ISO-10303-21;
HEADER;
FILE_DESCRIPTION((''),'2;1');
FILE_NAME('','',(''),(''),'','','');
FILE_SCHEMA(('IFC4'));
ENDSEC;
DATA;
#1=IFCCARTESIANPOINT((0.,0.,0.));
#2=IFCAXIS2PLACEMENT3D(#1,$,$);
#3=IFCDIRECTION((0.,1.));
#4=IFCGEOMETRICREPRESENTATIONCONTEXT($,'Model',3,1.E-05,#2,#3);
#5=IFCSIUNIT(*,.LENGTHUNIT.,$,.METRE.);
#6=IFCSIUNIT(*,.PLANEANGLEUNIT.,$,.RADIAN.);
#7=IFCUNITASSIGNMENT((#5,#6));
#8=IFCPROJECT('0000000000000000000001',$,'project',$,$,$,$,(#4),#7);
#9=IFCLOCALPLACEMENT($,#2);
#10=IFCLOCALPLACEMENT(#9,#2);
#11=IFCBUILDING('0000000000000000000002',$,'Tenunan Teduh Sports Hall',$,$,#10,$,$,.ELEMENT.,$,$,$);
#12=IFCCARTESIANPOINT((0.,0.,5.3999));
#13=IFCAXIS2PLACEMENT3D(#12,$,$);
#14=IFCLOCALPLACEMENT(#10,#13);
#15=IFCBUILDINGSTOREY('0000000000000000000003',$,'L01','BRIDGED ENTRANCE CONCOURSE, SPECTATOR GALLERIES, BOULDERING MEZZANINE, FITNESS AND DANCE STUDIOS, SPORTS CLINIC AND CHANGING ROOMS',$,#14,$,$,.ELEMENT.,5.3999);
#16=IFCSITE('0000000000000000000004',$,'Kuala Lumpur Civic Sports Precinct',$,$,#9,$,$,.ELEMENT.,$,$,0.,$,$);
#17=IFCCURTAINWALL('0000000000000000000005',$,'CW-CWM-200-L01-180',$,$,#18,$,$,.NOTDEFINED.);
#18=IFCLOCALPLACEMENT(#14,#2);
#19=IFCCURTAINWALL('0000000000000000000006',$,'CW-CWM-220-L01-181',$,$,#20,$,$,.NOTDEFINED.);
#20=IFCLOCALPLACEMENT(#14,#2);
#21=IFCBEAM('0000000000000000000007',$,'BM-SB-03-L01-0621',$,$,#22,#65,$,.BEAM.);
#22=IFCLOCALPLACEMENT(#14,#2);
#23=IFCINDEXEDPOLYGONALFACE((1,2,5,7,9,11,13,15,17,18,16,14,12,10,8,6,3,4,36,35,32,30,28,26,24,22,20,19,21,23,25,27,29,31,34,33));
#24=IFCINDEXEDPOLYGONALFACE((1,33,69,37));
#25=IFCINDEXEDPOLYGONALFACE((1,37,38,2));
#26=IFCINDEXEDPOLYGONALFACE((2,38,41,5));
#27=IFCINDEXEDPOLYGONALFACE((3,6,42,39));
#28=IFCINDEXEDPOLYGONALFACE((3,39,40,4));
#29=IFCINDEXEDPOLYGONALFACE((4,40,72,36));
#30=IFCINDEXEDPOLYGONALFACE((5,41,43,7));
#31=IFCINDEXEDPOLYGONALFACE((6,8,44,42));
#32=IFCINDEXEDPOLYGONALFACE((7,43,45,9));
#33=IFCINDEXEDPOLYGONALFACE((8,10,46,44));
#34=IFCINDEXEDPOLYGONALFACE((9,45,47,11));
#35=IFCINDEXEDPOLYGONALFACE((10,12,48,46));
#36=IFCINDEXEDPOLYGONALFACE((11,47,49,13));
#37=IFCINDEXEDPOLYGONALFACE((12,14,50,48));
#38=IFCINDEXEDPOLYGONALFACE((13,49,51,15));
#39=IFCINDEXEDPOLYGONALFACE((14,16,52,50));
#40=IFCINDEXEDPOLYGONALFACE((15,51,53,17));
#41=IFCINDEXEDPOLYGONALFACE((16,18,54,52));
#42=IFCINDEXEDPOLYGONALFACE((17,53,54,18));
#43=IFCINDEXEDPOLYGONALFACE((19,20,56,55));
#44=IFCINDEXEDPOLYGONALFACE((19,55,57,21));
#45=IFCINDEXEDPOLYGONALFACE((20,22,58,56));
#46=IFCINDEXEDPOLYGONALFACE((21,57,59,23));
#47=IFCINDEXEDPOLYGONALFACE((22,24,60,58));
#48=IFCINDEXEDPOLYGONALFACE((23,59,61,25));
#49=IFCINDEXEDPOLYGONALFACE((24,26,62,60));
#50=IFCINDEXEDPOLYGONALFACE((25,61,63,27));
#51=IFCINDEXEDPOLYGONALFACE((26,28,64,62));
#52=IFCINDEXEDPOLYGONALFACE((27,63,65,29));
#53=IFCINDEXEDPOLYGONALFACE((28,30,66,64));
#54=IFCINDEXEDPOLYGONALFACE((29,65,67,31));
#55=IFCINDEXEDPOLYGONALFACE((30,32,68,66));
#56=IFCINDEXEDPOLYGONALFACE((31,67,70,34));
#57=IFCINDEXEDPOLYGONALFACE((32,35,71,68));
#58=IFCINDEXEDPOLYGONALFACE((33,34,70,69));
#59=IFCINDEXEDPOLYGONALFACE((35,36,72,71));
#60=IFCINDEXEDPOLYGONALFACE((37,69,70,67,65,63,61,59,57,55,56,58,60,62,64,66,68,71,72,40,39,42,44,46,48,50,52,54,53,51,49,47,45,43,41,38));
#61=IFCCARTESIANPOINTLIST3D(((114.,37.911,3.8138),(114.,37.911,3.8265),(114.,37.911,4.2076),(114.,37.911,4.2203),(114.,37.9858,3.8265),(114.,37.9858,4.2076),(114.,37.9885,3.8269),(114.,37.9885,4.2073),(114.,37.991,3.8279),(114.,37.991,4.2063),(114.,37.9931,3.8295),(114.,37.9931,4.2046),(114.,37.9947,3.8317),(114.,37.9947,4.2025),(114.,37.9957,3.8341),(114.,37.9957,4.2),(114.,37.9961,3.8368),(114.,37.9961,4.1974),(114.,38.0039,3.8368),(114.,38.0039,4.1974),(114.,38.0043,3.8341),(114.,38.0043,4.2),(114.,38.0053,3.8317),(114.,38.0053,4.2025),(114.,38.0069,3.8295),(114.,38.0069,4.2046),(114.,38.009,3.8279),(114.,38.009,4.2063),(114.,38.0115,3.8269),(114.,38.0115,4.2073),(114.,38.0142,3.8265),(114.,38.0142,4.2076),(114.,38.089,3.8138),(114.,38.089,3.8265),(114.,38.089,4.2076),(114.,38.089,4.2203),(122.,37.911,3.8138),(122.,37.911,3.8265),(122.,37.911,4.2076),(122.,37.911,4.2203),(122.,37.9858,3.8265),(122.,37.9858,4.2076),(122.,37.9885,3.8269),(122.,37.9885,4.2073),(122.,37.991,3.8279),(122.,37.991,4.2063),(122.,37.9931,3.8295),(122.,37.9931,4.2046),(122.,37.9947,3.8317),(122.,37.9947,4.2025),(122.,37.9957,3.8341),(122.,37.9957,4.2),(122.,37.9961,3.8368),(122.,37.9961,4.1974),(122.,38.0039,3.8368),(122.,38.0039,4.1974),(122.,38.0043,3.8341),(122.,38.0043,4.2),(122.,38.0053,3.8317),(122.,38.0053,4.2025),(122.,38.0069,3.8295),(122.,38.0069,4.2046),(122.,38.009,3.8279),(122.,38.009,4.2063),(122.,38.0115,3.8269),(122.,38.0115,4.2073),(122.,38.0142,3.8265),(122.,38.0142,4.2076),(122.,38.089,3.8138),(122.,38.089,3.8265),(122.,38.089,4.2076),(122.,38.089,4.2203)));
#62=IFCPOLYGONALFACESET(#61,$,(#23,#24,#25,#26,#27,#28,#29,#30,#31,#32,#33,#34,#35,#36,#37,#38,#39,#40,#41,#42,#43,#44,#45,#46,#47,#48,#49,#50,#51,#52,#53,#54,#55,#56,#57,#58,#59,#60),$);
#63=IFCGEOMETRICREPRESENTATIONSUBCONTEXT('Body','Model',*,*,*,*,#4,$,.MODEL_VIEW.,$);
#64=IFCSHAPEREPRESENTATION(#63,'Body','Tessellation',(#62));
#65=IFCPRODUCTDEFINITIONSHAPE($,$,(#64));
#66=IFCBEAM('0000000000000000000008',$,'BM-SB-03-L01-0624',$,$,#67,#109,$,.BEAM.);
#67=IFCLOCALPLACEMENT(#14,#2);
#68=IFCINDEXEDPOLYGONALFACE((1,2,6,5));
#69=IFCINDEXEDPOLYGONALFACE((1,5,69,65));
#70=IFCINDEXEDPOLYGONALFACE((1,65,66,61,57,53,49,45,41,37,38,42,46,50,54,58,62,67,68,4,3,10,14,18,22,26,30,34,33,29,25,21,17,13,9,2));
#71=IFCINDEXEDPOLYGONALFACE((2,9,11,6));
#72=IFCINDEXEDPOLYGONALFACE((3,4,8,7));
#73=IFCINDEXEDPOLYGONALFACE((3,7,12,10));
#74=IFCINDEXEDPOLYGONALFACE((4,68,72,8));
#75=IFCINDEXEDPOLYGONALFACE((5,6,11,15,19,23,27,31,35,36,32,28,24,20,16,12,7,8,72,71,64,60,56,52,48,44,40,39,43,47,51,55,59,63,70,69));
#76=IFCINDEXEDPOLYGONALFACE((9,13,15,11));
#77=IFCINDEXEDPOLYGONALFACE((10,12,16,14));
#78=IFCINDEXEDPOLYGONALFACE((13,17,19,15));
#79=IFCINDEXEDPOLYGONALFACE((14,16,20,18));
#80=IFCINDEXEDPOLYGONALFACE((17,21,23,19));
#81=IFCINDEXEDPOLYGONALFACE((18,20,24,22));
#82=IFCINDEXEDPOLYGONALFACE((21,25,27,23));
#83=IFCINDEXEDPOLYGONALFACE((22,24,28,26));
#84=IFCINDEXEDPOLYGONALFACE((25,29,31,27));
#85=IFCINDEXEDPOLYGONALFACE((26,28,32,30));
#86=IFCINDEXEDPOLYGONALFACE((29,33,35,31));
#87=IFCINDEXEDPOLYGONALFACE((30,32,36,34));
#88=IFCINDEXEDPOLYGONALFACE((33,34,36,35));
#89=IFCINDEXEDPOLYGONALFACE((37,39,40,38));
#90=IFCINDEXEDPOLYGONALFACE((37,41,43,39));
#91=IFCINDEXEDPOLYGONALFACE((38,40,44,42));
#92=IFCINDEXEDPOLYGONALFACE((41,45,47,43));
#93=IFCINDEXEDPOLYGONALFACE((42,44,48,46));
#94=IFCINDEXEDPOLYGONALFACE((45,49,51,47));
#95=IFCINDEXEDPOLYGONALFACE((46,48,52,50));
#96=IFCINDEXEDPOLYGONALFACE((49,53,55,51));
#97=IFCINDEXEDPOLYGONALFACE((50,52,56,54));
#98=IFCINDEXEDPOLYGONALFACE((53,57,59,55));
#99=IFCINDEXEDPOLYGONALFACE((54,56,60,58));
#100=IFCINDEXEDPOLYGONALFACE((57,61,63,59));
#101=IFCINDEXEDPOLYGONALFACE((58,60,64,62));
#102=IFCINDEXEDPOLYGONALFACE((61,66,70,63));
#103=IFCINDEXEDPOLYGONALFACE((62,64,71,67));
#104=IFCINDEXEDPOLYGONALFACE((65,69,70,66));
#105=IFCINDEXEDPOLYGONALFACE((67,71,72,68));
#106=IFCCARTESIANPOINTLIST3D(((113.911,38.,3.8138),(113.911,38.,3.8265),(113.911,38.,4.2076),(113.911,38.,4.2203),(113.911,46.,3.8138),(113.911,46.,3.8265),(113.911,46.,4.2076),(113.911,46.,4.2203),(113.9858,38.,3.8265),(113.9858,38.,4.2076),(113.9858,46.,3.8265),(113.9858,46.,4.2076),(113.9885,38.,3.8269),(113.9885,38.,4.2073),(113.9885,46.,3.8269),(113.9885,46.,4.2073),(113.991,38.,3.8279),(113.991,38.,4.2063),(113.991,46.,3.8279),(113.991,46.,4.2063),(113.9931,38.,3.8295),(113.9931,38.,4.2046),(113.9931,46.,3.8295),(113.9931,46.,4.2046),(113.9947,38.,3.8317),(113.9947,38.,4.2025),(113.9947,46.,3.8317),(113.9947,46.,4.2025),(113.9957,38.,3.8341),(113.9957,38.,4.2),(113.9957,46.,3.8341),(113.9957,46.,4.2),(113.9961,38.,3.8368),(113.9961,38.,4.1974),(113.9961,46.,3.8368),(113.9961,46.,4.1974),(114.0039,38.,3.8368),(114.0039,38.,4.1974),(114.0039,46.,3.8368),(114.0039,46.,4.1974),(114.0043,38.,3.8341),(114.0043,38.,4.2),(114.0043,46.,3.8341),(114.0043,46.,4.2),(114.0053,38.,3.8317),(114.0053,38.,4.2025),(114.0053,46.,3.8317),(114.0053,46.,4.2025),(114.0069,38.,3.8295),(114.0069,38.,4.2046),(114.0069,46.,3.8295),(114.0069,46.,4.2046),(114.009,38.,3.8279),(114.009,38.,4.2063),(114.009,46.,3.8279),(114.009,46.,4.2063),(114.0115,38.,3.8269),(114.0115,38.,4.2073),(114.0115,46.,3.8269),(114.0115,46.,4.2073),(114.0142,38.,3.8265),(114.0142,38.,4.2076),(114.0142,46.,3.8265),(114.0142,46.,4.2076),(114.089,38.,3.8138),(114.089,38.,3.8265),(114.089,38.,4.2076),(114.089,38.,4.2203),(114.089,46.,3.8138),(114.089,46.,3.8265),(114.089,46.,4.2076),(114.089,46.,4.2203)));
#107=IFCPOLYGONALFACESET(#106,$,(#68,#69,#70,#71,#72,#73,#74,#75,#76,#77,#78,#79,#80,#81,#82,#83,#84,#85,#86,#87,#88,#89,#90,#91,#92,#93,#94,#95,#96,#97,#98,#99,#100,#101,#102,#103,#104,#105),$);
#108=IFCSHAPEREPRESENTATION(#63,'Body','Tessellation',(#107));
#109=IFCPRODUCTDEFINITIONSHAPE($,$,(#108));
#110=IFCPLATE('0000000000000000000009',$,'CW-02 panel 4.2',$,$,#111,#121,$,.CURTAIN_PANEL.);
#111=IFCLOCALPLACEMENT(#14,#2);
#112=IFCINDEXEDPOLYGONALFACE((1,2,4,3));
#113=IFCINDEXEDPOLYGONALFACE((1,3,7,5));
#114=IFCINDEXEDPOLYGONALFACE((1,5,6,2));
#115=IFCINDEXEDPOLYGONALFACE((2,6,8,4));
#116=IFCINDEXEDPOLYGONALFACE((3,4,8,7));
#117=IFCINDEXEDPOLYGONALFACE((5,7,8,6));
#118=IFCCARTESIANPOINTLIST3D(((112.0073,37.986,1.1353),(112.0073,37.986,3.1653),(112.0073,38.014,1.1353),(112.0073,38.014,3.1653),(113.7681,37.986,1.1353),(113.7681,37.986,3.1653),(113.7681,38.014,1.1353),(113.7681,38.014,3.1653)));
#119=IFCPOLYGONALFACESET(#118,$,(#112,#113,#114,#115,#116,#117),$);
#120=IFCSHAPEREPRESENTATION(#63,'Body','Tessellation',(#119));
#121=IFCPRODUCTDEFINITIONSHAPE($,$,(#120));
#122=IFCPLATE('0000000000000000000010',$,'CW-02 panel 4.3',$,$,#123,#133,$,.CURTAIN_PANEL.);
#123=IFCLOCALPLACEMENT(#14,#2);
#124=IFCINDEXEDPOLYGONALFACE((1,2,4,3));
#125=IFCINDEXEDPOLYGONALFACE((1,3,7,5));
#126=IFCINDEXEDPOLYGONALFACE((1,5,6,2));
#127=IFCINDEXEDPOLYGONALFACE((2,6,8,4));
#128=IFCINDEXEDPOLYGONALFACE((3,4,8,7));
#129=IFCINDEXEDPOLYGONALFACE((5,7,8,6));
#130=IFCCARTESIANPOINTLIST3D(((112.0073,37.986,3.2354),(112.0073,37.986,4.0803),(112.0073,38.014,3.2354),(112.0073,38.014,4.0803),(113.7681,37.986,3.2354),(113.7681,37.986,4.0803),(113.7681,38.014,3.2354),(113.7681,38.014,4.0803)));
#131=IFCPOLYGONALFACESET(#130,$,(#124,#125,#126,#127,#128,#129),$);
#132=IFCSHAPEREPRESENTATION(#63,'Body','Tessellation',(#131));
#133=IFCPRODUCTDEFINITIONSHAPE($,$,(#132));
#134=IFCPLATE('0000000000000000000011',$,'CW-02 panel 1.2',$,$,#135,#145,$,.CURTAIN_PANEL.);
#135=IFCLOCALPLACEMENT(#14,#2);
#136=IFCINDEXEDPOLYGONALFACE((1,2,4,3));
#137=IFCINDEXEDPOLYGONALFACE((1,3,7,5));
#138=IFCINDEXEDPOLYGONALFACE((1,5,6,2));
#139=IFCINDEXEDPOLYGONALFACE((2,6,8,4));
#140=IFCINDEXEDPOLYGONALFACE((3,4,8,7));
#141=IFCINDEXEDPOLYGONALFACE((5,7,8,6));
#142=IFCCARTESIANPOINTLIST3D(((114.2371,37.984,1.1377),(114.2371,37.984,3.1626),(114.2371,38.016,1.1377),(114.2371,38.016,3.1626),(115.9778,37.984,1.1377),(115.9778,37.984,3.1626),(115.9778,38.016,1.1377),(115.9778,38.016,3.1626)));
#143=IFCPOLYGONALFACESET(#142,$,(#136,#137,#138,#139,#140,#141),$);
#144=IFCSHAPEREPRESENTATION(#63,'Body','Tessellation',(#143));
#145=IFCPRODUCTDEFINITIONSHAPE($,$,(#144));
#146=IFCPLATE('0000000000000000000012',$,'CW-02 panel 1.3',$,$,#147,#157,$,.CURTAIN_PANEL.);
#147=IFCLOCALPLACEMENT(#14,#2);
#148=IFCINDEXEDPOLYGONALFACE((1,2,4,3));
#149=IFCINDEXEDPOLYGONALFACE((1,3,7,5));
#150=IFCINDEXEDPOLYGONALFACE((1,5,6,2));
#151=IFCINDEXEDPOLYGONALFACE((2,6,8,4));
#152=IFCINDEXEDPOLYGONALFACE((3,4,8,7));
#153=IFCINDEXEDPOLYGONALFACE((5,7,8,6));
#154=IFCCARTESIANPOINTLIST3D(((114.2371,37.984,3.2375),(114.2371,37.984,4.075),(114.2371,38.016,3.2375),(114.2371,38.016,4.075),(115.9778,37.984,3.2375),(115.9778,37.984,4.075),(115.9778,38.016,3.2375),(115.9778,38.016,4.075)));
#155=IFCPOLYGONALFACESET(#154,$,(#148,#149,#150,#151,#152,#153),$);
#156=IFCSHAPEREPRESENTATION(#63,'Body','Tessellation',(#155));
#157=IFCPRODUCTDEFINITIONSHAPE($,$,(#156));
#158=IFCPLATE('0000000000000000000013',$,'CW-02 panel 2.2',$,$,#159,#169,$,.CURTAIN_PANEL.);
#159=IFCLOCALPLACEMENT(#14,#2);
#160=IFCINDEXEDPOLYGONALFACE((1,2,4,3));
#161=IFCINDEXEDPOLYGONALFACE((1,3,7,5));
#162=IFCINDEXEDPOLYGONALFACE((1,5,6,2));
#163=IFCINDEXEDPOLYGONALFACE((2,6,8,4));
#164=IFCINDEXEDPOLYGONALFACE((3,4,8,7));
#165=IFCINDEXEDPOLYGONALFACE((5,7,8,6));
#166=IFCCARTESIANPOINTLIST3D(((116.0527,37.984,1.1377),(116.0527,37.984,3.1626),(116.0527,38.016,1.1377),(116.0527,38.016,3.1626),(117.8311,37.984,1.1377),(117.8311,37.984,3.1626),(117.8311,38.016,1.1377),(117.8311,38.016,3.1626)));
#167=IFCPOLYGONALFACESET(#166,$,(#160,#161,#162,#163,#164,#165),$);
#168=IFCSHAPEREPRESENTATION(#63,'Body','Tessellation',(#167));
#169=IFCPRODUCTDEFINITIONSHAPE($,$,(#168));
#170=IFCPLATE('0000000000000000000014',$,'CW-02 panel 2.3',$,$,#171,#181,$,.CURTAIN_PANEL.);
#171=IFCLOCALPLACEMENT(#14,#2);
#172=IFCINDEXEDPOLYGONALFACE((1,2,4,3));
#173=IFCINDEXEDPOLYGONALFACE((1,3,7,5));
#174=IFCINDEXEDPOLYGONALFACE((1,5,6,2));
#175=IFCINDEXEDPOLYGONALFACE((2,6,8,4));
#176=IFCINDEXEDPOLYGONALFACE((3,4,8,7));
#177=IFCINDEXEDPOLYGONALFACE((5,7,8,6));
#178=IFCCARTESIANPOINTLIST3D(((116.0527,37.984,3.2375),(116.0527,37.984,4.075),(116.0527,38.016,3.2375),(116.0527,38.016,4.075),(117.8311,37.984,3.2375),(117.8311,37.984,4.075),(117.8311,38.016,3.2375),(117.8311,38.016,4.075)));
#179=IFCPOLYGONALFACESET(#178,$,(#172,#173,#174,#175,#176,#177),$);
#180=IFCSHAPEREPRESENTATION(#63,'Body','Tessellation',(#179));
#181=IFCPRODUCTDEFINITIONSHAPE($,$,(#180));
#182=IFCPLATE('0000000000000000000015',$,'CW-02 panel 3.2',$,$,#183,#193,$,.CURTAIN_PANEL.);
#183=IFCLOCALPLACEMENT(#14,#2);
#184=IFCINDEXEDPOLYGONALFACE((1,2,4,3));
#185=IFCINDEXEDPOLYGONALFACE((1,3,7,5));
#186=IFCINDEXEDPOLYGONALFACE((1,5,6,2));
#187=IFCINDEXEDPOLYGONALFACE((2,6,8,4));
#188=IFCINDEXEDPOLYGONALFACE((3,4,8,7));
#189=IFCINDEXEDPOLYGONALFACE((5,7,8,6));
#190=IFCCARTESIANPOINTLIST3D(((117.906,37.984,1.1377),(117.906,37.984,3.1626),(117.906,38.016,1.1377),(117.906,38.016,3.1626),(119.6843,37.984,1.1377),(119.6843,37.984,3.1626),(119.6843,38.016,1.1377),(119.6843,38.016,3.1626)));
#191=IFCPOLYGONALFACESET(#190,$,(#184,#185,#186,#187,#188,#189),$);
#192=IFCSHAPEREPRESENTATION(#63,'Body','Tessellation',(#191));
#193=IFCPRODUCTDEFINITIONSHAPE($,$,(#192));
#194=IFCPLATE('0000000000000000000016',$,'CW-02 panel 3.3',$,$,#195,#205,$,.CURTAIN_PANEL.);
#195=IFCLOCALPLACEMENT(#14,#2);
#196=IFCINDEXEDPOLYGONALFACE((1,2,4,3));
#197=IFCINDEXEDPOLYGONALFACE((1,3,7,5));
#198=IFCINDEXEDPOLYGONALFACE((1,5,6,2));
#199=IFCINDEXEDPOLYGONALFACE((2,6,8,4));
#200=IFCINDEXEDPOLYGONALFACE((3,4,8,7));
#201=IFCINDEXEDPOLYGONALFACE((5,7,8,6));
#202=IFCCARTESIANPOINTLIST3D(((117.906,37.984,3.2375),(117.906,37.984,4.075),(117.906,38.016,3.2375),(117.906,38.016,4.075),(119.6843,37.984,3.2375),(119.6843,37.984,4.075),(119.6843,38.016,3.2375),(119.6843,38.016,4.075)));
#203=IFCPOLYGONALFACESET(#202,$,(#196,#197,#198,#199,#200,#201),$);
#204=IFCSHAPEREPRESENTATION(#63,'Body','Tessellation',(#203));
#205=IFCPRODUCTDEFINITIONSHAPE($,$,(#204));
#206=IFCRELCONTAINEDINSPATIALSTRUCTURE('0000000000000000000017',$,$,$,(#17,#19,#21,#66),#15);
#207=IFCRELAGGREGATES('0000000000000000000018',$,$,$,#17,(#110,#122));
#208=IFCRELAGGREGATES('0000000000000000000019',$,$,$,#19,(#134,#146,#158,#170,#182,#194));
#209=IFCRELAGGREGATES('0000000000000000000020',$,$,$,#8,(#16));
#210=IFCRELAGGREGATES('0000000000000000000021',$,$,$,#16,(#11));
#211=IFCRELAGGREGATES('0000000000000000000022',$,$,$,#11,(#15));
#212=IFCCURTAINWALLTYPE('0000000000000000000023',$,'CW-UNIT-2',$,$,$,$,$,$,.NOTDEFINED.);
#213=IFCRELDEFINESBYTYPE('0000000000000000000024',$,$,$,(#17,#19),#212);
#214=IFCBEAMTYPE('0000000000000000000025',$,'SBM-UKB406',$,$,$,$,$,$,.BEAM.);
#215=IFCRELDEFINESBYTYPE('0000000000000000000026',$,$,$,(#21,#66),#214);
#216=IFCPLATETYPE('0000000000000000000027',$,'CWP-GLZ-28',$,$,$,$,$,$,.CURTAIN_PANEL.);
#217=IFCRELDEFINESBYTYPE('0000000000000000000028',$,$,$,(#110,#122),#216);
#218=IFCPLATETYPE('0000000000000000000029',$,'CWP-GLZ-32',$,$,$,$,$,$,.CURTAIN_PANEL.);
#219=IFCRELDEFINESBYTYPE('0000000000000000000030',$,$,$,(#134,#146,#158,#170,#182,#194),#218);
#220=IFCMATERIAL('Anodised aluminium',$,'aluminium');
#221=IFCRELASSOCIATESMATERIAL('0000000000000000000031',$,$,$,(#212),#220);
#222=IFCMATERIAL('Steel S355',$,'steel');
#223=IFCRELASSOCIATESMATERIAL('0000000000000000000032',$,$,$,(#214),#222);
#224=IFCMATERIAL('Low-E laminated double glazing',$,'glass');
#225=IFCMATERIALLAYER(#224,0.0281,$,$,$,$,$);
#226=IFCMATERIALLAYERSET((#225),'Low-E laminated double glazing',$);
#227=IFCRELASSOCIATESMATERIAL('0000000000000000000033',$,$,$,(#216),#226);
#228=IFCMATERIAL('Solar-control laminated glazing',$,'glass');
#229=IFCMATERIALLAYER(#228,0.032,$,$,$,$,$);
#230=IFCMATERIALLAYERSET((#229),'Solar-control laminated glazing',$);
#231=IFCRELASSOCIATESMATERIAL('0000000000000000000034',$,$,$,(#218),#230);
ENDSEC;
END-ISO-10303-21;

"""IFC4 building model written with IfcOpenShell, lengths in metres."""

from ifc_helpers import new_model, si_unit, direction, frame, origin, origin_2d, place, context, subcontext, project, spatial, rectangle, i_section, extrude, material, layer, layer_set, material_profile, profile_set, type_object, element, aggregate, save


model = new_model("IFC4")

# Units and contexts
model_context = context("Model", 3, precision=1e-05, world=origin(), true_north=direction((0.0, 1.0)))
body_context = subcontext(model_context, "Body", "Model", "MODEL_VIEW")
ifc_project = project(units=[si_unit("LENGTHUNIT", "METRE"), si_unit("PLANEANGLEUNIT", "RADIAN")], contexts=[model_context])

# Site, building, storey
site_placement = place(None, origin())
site = spatial("IfcSite", under=ifc_project, at=site_placement, Name="Kuala Lumpur Civic Sports Precinct", CompositionType="ELEMENT", RefElevation=0.0)
building_placement = place(site_placement, origin())
building = spatial("IfcBuilding", under=site, at=building_placement, Name="Tenunan Teduh Sports Hall", CompositionType="ELEMENT")
storey_placement = place(building_placement, frame((0.0, 0.0, 5.3999)))
storey = spatial("IfcBuildingStorey", under=building, at=storey_placement, Name="L01", Description="BRIDGED ENTRANCE CONCOURSE, SPECTATOR GALLERIES, BOULDERING MEZZANINE, FITNESS AND DANCE STUDIOS, SPORTS CLINIC AND CHANGING ROOMS", CompositionType="ELEMENT", Elevation=5.3999)

# Curtain wall
ifc_material_1 = material(Name="Anodised aluminium", Category="aluminium")
curtain_wall_type = type_object("IfcCurtainWallType", Name="CW-UNIT-2", PredefinedType="NOTDEFINED", material=ifc_material_1)
curtain_wall_1_placement = place(storey_placement, origin())
curtain_wall_1 = element("IfcCurtainWall", 1, at=curtain_wall_1_placement, inside=storey, type_object=curtain_wall_type, Name="CW-CWM-200-L01-180", PredefinedType="NOTDEFINED")

# Curtain wall
curtain_wall_2_placement = place(storey_placement, origin())
curtain_wall_2 = element("IfcCurtainWall", 2, at=curtain_wall_2_placement, inside=storey, type_object=curtain_wall_type, Name="CW-CWM-220-L01-181", PredefinedType="NOTDEFINED")

# Beams
ifc_material_2 = material(Name="Steel S355", Category="steel")
ifc_material_profile_1 = material_profile(ifc_material_2, i_section(OverallWidth=0.178, OverallDepth=0.4065, WebThickness=0.0078, FlangeThickness=0.0127, FilletRadius=0.0103, at=origin_2d()), Name="UKB 406x178x60")
ifc_profile_set_1 = profile_set([ifc_material_profile_1], Name="Steel S355")
beam_type_1 = type_object("IfcBeamType", Name="SBM-UKB406", PredefinedType="BEAM", material=ifc_profile_set_1)
for number, where, z_axis, x_axis, name in (
    (3, (114.0, 38.0, 4.0171), (1.0, 0.0, 0.0), (0.0, 1.0, 0.0), "BM-SB-03-L01-0621"),
    (4, (114.0, 38.0, 4.0171), (0.0, 1.0, 0.0), (-1.0, 0.0, 0.0), "BM-SB-03-L01-0624"),
):
    element("IfcBeam", number, at=place(storey_placement, frame(where, z_axis=z_axis, x_axis=x_axis)), inside=storey, type_object=beam_type_1, Name=name, PredefinedType="BEAM", context=body_context, shape_type="SweptSolid", body=[
        extrude(i_section(OverallWidth=0.178, OverallDepth=0.4065, WebThickness=0.0078, FlangeThickness=0.0127, FilletRadius=0.0103, at=origin_2d()), origin(), (0.0, 0.0, 1.0), 8.0),
    ])

# Plates
ifc_material_3 = material(Name="Low-E laminated double glazing", Category="glass")
ifc_layer_1 = layer(ifc_material_3, 0.0281)
ifc_layer_set_1 = layer_set([ifc_layer_1], Name="Low-E laminated double glazing")
plate_type_1 = type_object("IfcPlateType", Name="CWP-GLZ-28", PredefinedType="CURTAIN_PANEL", material=ifc_layer_set_1)
plate_1_placement = place(storey_placement, frame((112.8877, 38.0, 1.1353), z_axis=(0.0, 0.0, 1.0), x_axis=(1.0, 0.0, 0.0)))
plate_1 = element("IfcPlate", 5, at=plate_1_placement, type_object=plate_type_1, Name="CW-02 panel 4.2", PredefinedType="CURTAIN_PANEL", context=body_context, shape_type="SweptSolid", body=[
    extrude(rectangle(XDim=1.7607, YDim=0.0281, at=origin_2d()), origin(), (0.0, 0.0, 1.0), 2.03),
])
plate_2_placement = place(storey_placement, frame((112.8877, 38.0, 3.2354), z_axis=(0.0, 0.0, 1.0), x_axis=(1.0, 0.0, 0.0)))
plate_2 = element("IfcPlate", 6, at=plate_2_placement, type_object=plate_type_1, Name="CW-02 panel 4.3", PredefinedType="CURTAIN_PANEL", context=body_context, shape_type="SweptSolid", body=[
    extrude(rectangle(XDim=1.7607, YDim=0.0281, at=origin_2d()), origin(), (0.0, 0.0, 1.0), 0.845),
])
ifc_material_4 = material(Name="Solar-control laminated glazing", Category="glass")
ifc_layer_2 = layer(ifc_material_4, 0.032)
ifc_layer_set_2 = layer_set([ifc_layer_2], Name="Solar-control laminated glazing")
plate_type_2 = type_object("IfcPlateType", Name="CWP-GLZ-32", PredefinedType="CURTAIN_PANEL", material=ifc_layer_set_2)
plate_3_placement = place(storey_placement, frame((115.1074, 38.0, 1.1377), z_axis=(0.0, 0.0, 1.0), x_axis=(1.0, 0.0, 0.0)))
plate_3 = element("IfcPlate", 7, at=plate_3_placement, type_object=plate_type_2, Name="CW-02 panel 1.2", PredefinedType="CURTAIN_PANEL", context=body_context, shape_type="SweptSolid", body=[
    extrude(rectangle(XDim=1.7407, YDim=0.032, at=origin_2d()), origin(), (0.0, 0.0, 1.0), 2.0249),
])
plate_4_placement = place(storey_placement, frame((115.1074, 38.0, 3.2375), z_axis=(0.0, 0.0, 1.0), x_axis=(1.0, 0.0, 0.0)))
plate_4 = element("IfcPlate", 8, at=plate_4_placement, type_object=plate_type_2, Name="CW-02 panel 1.3", PredefinedType="CURTAIN_PANEL", context=body_context, shape_type="SweptSolid", body=[
    extrude(rectangle(XDim=1.7407, YDim=0.032, at=origin_2d()), origin(), (0.0, 0.0, 1.0), 0.8374),
])
plate_5_placement = place(storey_placement, frame((116.9419, 38.0, 1.1377), z_axis=(0.0, 0.0, 1.0), x_axis=(1.0, 0.0, 0.0)))
plate_5 = element("IfcPlate", 9, at=plate_5_placement, type_object=plate_type_2, Name="CW-02 panel 2.2", PredefinedType="CURTAIN_PANEL", context=body_context, shape_type="SweptSolid", body=[
    extrude(rectangle(XDim=1.7783, YDim=0.032, at=origin_2d()), origin(), (0.0, 0.0, 1.0), 2.0249),
])
plate_6_placement = place(storey_placement, frame((116.9419, 38.0, 3.2375), z_axis=(0.0, 0.0, 1.0), x_axis=(1.0, 0.0, 0.0)))
plate_6 = element("IfcPlate", 10, at=plate_6_placement, type_object=plate_type_2, Name="CW-02 panel 2.3", PredefinedType="CURTAIN_PANEL", context=body_context, shape_type="SweptSolid", body=[
    extrude(rectangle(XDim=1.7783, YDim=0.032, at=origin_2d()), origin(), (0.0, 0.0, 1.0), 0.8374),
])
plate_7_placement = place(storey_placement, frame((118.7952, 38.0, 1.1377), z_axis=(0.0, 0.0, 1.0), x_axis=(1.0, 0.0, 0.0)))
plate_7 = element("IfcPlate", 11, at=plate_7_placement, type_object=plate_type_2, Name="CW-02 panel 3.2", PredefinedType="CURTAIN_PANEL", context=body_context, shape_type="SweptSolid", body=[
    extrude(rectangle(XDim=1.7783, YDim=0.032, at=origin_2d()), origin(), (0.0, 0.0, 1.0), 2.0249),
])
plate_8_placement = place(storey_placement, frame((118.7952, 38.0, 3.2375), z_axis=(0.0, 0.0, 1.0), x_axis=(1.0, 0.0, 0.0)))
plate_8 = element("IfcPlate", 12, at=plate_8_placement, type_object=plate_type_2, Name="CW-02 panel 3.3", PredefinedType="CURTAIN_PANEL", context=body_context, shape_type="SweptSolid", body=[
    extrude(rectangle(XDim=1.7783, YDim=0.032, at=origin_2d()), origin(), (0.0, 0.0, 1.0), 0.8374),
])
aggregate(curtain_wall_1, [plate_1, plate_2])
aggregate(curtain_wall_2, [plate_3, plate_4, plate_5, plate_6, plate_7, plate_8])

save(model, "model.ifc")
